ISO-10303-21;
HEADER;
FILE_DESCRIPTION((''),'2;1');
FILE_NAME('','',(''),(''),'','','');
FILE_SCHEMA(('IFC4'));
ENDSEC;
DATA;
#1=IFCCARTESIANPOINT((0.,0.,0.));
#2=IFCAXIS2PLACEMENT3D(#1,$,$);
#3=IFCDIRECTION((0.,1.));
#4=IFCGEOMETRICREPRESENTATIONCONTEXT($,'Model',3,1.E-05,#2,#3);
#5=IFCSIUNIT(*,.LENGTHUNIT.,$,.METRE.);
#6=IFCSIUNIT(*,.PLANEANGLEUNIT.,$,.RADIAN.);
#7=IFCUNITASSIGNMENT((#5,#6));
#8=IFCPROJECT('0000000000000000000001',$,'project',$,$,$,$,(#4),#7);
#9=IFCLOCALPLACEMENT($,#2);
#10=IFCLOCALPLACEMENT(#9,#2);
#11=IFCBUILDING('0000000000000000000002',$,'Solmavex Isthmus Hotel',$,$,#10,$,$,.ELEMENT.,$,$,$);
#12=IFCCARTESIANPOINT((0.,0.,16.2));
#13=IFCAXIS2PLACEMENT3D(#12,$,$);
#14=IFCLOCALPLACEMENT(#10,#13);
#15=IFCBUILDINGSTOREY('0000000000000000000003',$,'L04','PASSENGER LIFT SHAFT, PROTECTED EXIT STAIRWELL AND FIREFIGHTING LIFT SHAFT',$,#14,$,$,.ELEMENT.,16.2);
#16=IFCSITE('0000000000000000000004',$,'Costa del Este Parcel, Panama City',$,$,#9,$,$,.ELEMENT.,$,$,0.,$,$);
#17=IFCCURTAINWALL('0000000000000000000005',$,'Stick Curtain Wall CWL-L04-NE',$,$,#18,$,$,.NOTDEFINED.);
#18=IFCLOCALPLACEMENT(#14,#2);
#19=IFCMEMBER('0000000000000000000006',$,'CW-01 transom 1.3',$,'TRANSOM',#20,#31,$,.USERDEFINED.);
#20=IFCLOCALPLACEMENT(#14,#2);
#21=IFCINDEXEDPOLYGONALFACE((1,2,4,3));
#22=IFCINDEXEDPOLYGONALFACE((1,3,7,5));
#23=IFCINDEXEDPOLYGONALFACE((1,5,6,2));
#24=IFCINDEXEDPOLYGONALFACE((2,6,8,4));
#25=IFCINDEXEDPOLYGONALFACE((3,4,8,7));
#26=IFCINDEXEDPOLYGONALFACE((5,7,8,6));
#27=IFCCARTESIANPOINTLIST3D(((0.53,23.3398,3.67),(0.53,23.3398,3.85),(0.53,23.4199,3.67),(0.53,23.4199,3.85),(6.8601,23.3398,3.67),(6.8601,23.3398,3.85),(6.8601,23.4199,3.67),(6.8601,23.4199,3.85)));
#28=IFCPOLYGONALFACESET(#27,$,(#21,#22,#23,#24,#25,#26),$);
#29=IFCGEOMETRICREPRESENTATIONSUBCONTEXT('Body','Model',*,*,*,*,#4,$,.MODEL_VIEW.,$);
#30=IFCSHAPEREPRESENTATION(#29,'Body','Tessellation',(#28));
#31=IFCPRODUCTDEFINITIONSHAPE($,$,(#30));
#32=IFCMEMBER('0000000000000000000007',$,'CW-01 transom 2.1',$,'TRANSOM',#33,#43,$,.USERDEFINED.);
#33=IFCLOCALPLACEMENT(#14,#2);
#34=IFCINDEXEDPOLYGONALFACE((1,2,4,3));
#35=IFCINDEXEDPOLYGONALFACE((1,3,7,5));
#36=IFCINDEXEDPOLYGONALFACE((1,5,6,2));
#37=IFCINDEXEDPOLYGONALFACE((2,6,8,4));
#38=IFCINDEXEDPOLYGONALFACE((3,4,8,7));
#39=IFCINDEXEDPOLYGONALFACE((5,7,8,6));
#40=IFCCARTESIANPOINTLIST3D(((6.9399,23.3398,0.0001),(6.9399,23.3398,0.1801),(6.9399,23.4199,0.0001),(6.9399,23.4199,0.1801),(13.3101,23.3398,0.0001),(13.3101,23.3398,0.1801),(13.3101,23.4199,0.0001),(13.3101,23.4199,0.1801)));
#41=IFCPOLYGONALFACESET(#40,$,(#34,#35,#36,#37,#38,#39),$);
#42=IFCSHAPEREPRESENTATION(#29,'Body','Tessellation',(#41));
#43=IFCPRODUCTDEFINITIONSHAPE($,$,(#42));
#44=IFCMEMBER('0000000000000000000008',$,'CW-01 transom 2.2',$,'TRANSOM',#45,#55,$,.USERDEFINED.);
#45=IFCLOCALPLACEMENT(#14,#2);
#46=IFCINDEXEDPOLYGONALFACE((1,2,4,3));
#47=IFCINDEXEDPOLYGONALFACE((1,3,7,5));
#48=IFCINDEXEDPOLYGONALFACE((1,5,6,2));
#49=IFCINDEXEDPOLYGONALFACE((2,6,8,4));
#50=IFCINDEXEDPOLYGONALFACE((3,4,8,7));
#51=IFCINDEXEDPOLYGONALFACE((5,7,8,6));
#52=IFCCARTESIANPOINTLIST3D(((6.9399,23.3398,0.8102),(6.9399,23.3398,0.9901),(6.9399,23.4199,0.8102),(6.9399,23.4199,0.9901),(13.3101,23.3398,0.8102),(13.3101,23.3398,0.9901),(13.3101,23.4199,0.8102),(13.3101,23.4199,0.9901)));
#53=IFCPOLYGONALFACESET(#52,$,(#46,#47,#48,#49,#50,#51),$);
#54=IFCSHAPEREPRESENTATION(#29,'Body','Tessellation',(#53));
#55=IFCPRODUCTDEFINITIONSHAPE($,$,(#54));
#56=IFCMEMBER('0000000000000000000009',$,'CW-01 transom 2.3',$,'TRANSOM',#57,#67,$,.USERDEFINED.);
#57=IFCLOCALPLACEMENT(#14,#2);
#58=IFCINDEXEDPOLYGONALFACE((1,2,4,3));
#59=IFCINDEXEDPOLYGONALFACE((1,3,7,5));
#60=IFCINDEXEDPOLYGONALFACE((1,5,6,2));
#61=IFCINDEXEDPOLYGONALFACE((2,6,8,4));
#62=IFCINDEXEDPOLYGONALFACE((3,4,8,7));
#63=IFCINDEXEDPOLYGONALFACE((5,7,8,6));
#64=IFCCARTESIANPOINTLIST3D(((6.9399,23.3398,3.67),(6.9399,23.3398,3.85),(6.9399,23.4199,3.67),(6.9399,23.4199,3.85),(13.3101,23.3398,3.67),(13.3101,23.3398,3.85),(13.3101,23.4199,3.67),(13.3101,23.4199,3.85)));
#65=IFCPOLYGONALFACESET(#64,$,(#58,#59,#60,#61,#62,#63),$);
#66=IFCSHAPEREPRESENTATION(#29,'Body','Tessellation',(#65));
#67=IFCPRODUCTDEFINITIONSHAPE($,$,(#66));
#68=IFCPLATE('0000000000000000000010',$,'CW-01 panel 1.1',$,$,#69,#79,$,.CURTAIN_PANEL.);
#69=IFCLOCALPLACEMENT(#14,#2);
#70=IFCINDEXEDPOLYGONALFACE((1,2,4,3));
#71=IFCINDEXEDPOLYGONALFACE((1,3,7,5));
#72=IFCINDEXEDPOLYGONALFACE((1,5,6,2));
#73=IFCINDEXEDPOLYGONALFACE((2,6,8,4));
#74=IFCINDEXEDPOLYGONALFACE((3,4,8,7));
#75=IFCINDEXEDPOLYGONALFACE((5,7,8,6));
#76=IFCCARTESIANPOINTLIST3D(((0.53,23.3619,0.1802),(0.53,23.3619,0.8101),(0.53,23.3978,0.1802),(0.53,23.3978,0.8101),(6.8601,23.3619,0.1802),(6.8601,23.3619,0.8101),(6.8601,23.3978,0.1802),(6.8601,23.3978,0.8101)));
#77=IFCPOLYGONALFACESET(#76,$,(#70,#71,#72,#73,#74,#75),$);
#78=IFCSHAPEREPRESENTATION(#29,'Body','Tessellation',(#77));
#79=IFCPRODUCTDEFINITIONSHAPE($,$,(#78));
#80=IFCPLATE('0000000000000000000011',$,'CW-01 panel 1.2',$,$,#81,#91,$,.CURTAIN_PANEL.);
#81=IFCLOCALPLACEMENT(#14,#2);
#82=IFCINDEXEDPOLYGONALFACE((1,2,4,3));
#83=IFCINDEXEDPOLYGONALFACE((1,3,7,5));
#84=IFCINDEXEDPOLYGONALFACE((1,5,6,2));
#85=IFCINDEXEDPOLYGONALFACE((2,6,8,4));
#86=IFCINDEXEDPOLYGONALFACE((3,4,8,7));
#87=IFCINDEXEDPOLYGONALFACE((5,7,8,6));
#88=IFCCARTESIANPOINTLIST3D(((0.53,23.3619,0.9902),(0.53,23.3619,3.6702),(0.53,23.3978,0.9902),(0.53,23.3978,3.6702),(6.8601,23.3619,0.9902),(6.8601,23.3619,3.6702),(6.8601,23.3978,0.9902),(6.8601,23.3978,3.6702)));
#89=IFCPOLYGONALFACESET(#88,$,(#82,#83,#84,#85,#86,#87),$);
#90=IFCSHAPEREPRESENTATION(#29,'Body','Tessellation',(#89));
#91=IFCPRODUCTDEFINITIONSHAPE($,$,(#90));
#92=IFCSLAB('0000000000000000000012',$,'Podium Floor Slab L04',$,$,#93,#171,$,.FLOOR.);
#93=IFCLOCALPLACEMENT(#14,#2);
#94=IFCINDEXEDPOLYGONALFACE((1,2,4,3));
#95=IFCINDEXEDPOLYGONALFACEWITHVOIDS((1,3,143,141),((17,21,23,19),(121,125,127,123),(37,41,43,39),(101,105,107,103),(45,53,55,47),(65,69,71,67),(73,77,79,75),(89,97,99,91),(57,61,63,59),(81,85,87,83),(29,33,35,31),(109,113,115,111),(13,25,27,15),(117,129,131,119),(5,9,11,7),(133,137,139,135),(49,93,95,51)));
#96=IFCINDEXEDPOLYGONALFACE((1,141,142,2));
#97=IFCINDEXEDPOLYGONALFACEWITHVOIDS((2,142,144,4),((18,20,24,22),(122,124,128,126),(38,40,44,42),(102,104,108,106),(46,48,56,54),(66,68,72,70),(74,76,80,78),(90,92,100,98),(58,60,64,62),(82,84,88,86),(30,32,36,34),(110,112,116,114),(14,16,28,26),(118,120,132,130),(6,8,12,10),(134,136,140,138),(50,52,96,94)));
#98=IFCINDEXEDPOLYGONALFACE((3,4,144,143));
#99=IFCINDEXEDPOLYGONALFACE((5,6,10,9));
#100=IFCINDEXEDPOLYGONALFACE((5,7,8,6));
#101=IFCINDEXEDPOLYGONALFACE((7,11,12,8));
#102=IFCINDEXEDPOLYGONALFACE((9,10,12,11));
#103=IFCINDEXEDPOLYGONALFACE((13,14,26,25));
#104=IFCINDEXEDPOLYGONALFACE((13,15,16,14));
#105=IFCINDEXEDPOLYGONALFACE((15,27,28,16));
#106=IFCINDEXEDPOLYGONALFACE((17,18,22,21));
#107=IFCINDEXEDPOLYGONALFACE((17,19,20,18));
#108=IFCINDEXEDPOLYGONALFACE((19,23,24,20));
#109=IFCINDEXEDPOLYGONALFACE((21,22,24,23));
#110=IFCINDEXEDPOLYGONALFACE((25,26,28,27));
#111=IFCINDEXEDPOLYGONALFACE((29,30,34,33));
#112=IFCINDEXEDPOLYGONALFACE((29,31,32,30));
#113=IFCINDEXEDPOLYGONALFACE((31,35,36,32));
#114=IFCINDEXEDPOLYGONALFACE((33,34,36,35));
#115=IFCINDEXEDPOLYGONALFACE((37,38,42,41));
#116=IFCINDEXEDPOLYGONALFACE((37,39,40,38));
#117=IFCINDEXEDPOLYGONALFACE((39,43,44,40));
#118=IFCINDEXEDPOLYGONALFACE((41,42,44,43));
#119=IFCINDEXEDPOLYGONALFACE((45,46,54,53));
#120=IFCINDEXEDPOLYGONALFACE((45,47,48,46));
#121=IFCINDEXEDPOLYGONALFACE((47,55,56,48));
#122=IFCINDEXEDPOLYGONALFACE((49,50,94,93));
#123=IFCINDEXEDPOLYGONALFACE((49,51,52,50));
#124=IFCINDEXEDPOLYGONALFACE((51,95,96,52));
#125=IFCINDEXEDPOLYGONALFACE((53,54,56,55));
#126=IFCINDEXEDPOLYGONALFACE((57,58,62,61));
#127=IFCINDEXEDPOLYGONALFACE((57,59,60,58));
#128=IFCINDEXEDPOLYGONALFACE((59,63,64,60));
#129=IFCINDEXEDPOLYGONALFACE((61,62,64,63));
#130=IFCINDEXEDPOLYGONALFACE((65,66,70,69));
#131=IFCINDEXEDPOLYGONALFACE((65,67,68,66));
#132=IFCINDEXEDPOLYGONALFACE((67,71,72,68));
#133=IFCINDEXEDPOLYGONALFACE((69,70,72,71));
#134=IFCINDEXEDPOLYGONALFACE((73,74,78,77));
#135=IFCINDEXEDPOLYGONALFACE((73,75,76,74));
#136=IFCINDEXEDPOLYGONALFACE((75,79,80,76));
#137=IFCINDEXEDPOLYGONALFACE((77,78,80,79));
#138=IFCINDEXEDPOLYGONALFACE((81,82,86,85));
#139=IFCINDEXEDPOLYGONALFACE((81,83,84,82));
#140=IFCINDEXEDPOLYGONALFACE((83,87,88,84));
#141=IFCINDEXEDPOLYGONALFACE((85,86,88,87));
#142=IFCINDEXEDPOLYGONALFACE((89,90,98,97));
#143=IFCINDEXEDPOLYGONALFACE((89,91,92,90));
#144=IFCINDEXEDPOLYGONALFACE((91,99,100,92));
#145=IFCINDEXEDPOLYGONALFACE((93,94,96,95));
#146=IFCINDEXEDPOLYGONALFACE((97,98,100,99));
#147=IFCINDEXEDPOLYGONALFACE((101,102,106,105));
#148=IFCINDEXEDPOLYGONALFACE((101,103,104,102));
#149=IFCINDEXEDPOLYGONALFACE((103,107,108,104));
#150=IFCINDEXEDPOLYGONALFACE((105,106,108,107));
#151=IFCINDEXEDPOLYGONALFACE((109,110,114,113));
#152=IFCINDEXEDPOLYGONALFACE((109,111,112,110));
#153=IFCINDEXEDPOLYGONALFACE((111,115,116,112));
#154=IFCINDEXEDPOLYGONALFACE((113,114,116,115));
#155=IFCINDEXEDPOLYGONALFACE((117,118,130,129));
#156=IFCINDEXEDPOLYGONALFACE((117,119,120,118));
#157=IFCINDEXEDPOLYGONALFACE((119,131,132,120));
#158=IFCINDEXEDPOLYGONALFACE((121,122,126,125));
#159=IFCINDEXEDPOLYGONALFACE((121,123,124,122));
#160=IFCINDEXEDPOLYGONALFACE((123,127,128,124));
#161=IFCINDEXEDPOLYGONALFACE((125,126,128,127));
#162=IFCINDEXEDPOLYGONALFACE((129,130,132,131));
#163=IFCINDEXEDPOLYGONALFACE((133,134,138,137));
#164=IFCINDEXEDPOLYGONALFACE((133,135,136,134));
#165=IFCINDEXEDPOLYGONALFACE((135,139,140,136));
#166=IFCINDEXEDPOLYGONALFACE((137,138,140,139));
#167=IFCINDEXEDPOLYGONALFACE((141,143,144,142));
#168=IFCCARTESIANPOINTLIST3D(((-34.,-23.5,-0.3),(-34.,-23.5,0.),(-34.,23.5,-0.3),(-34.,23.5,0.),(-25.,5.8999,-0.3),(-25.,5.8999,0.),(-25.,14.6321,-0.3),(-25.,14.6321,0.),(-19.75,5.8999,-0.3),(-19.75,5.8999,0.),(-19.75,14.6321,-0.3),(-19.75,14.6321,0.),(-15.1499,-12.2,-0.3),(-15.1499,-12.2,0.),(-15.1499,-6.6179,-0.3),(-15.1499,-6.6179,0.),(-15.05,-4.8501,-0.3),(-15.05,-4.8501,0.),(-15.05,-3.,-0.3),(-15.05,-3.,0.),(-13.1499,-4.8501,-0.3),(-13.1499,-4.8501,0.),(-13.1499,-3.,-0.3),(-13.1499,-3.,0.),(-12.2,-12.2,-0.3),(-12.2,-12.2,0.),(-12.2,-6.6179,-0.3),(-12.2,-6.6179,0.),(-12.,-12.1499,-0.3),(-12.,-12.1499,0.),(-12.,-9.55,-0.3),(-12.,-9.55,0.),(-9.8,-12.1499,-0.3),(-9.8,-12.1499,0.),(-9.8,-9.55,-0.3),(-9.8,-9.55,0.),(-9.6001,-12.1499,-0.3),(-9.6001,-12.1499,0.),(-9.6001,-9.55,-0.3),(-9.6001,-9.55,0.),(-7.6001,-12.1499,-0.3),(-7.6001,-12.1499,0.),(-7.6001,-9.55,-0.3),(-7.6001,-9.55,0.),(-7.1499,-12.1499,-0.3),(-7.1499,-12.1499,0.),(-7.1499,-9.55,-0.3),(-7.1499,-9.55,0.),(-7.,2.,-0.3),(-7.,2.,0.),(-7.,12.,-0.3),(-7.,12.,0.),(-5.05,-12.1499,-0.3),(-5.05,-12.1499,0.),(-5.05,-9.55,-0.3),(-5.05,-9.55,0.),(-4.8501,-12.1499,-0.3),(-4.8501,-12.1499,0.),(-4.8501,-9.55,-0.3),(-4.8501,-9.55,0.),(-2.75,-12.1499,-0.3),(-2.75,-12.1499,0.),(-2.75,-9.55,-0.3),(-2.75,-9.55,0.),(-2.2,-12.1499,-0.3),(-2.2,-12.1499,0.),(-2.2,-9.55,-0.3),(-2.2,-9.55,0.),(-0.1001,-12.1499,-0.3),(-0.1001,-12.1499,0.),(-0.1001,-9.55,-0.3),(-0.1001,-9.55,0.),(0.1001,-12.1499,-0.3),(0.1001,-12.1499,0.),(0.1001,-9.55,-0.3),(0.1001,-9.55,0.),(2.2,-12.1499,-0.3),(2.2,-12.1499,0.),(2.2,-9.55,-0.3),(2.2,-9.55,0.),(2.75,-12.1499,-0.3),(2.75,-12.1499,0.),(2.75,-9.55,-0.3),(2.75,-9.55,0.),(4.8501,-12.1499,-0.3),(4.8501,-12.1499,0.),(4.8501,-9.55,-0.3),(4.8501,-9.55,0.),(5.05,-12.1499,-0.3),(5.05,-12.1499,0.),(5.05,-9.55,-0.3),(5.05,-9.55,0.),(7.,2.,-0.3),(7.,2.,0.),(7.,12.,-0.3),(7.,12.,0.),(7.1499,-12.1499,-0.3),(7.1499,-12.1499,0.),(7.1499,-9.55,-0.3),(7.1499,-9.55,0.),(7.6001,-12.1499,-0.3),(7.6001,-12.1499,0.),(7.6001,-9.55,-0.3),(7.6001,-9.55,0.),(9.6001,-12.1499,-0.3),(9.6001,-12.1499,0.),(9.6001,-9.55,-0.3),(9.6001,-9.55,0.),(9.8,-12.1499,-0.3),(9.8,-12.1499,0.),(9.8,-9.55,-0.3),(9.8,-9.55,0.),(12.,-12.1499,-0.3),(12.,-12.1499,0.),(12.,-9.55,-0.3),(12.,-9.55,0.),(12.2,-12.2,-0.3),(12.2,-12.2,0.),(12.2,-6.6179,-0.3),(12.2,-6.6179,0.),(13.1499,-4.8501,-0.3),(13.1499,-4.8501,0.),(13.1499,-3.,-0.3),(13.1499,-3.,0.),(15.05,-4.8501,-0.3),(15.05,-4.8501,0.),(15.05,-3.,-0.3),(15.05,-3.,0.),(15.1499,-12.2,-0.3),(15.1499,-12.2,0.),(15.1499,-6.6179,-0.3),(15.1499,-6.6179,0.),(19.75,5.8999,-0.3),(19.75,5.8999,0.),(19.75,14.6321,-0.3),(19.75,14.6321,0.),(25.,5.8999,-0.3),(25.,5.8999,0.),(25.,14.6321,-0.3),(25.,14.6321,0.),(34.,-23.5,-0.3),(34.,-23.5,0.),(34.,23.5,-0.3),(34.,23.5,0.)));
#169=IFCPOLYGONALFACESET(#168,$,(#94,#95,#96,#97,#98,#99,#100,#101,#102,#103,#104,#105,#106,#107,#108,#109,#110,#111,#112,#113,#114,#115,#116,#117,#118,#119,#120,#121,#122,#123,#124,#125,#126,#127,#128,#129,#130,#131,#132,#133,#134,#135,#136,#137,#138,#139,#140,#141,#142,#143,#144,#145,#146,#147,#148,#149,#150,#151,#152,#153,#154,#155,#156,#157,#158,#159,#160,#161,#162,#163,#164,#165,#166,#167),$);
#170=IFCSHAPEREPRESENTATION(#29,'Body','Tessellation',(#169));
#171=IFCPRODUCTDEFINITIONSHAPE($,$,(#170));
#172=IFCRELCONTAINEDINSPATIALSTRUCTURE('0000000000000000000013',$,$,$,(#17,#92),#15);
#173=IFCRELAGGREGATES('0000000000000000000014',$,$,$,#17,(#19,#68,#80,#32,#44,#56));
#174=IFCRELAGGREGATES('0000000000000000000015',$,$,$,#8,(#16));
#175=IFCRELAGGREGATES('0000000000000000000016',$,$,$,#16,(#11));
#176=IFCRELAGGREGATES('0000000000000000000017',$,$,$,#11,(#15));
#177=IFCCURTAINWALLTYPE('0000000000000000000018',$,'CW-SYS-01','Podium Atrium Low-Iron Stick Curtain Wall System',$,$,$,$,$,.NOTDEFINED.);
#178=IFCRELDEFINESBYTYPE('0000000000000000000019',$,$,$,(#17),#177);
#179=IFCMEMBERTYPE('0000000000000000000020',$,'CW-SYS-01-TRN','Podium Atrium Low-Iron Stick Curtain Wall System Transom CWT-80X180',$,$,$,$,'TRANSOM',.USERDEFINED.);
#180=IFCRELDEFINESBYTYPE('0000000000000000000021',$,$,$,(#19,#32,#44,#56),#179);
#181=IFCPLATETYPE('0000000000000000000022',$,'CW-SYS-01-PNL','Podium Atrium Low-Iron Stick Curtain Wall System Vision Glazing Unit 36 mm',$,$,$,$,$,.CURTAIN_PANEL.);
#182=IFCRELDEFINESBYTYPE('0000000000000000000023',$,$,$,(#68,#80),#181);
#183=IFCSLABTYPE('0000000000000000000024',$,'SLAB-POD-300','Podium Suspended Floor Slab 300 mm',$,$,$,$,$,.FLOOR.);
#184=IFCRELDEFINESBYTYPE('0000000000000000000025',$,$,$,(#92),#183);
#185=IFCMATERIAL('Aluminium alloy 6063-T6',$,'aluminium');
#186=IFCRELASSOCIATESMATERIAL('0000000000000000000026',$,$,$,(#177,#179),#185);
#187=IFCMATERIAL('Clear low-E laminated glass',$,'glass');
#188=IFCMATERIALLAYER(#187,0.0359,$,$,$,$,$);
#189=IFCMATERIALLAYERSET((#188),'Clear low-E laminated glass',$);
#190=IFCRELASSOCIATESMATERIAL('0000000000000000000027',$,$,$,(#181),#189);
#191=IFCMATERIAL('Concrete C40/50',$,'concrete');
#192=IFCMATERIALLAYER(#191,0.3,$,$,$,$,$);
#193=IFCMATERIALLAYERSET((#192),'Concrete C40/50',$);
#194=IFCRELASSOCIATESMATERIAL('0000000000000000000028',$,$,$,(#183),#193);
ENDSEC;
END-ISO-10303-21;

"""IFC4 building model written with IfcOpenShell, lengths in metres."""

from ifc_helpers import new_model, si_unit, direction, frame, origin, origin_2d, place, context, subcontext, project, spatial, polyline, rectangle, outline, extrude, material, layer, layer_set, material_profile, profile_set, type_object, element, aggregate, save


model = new_model("IFC4")

# Units and contexts
model_context = context("Model", 3, precision=1e-05, world=origin(), true_north=direction((0.0, 1.0)))
body_context = subcontext(model_context, "Body", "Model", "MODEL_VIEW")
ifc_project = project(units=[si_unit("LENGTHUNIT", "METRE"), si_unit("PLANEANGLEUNIT", "RADIAN")], contexts=[model_context])

# Site, building, storey
site_placement = place(None, origin())
site = spatial("IfcSite", under=ifc_project, at=site_placement, Name="Costa del Este Parcel, Panama City", CompositionType="ELEMENT", RefElevation=0.0)
building_placement = place(site_placement, origin())
building = spatial("IfcBuilding", under=site, at=building_placement, Name="Solmavex Isthmus Hotel", CompositionType="ELEMENT")
storey_placement = place(building_placement, frame((0.0, 0.0, 16.2)))
storey = spatial("IfcBuildingStorey", under=building, at=storey_placement, Name="L04", Description="PASSENGER LIFT SHAFT, PROTECTED EXIT STAIRWELL AND FIREFIGHTING LIFT SHAFT", CompositionType="ELEMENT", Elevation=16.2)

# Curtain wall, members, plates
ifc_material_1 = material(Name="Aluminium alloy 6063-T6", Category="aluminium")
curtain_wall_type = type_object("IfcCurtainWallType", Name="CW-SYS-01", Description="Podium Atrium Low-Iron Stick Curtain Wall System", PredefinedType="NOTDEFINED", material=ifc_material_1)
curtain_wall_placement = place(storey_placement, origin())
curtain_wall = element("IfcCurtainWall", 1, at=curtain_wall_placement, inside=storey, type_object=curtain_wall_type, Name="Stick Curtain Wall CWL-L04-NE", PredefinedType="NOTDEFINED")
ifc_material_profile_1 = material_profile(ifc_material_1, rectangle(XDim=0.0801, YDim=0.1799, at=origin_2d()), Name="CWT-80X180")
ifc_profile_set_1 = profile_set([ifc_material_profile_1], Name="Aluminium alloy 6063-T6")
member_type_1 = type_object("IfcMemberType", Name="CW-SYS-01-TRN", Description="Podium Atrium Low-Iron Stick Curtain Wall System Transom CWT-80X180", ElementType="TRANSOM", PredefinedType="USERDEFINED", material=ifc_profile_set_1)
member_1_placement = place(storey_placement, frame((0.53, 23.3799, 3.76), z_axis=(1.0, 0.0, 0.0), x_axis=(0.0, 1.0, 0.0)))
member_1 = element("IfcMember", 2, at=member_1_placement, type_object=member_type_1, Name="CW-01 transom 1.3", ObjectType="TRANSOM", PredefinedType="USERDEFINED", context=body_context, shape_type="SweptSolid", body=[
    extrude(rectangle(XDim=0.0801, YDim=0.1799, at=origin_2d()), origin(), (0.0, 0.0, 1.0), 6.3301),
])
member_2_placement = place(storey_placement, frame((6.9399, 23.3799, 0.0901), z_axis=(1.0, 0.0, 0.0), x_axis=(0.0, 1.0, 0.0)))
member_2 = element("IfcMember", 3, at=member_2_placement, type_object=member_type_1, Name="CW-01 transom 2.1", ObjectType="TRANSOM", PredefinedType="USERDEFINED", context=body_context, shape_type="SweptSolid", body=[
    extrude(rectangle(XDim=0.0801, YDim=0.1799, at=origin_2d()), origin(), (0.0, 0.0, 1.0), 6.3701),
])
member_3_placement = place(storey_placement, frame((6.9399, 23.3799, 0.9001), z_axis=(1.0, 0.0, 0.0), x_axis=(0.0, 1.0, 0.0)))
member_3 = element("IfcMember", 4, at=member_3_placement, type_object=member_type_1, Name="CW-01 transom 2.2", ObjectType="TRANSOM", PredefinedType="USERDEFINED", context=body_context, shape_type="SweptSolid", body=[
    extrude(rectangle(XDim=0.0801, YDim=0.1799, at=origin_2d()), origin(), (0.0, 0.0, 1.0), 6.3701),
])
member_4_placement = place(storey_placement, frame((6.9399, 23.3799, 3.76), z_axis=(1.0, 0.0, 0.0), x_axis=(0.0, 1.0, 0.0)))
member_4 = element("IfcMember", 5, at=member_4_placement, type_object=member_type_1, Name="CW-01 transom 2.3", ObjectType="TRANSOM", PredefinedType="USERDEFINED", context=body_context, shape_type="SweptSolid", body=[
    extrude(rectangle(XDim=0.0801, YDim=0.1799, at=origin_2d()), origin(), (0.0, 0.0, 1.0), 6.3701),
])
ifc_material_2 = material(Name="Clear low-E laminated glass", Category="glass")
ifc_layer_1 = layer(ifc_material_2, 0.0359)
ifc_layer_set_1 = layer_set([ifc_layer_1], Name="Clear low-E laminated glass")
plate_type = type_object("IfcPlateType", Name="CW-SYS-01-PNL", Description="Podium Atrium Low-Iron Stick Curtain Wall System Vision Glazing Unit 36 mm", PredefinedType="CURTAIN_PANEL", material=ifc_layer_set_1)
plate_1_placement = place(storey_placement, frame((3.6951, 23.3799, 0.1802), z_axis=(0.0, 0.0, 1.0), x_axis=(1.0, 0.0, 0.0)))
plate_1 = element("IfcPlate", 6, at=plate_1_placement, type_object=plate_type, Name="CW-01 panel 1.1", PredefinedType="CURTAIN_PANEL", context=body_context, shape_type="SweptSolid", body=[
    extrude(rectangle(XDim=6.3301, YDim=0.0359, at=origin_2d()), origin(), (0.0, 0.0, 1.0), 0.6299),
])
plate_2_placement = place(storey_placement, frame((3.6951, 23.3799, 0.9902), z_axis=(0.0, 0.0, 1.0), x_axis=(1.0, 0.0, 0.0)))
plate_2 = element("IfcPlate", 7, at=plate_2_placement, type_object=plate_type, Name="CW-01 panel 1.2", PredefinedType="CURTAIN_PANEL", context=body_context, shape_type="SweptSolid", body=[
    extrude(rectangle(XDim=6.3301, YDim=0.0359, at=origin_2d()), origin(), (0.0, 0.0, 1.0), 2.6799),
])
aggregate(curtain_wall, [member_1, plate_1, plate_2, member_2, member_3, member_4])

# Slab
ifc_material_3 = material(Name="Concrete C40/50", Category="concrete")
ifc_layer_2 = layer(ifc_material_3, 0.3)
ifc_layer_set_2 = layer_set([ifc_layer_2], Name="Concrete C40/50")
slab_type_1 = type_object("IfcSlabType", Name="SLAB-POD-300", Description="Podium Suspended Floor Slab 300 mm", PredefinedType="FLOOR", material=ifc_layer_set_2)
slab_1_placement = place(storey_placement, frame((0.0, 0.0, -0.3)))
element("IfcSlab", 8, at=slab_1_placement, inside=storey, type_object=slab_type_1, Name="Podium Floor Slab L04", PredefinedType="FLOOR", context=body_context, shape_type="SweptSolid", body=[
    extrude(outline(polyline([(-34.0, -23.5), (34.0, -23.5), (34.0, 23.5), (-34.0, 23.5), (-34.0, -23.5)]), holes=[polyline([(-15.1499, -6.6179), (-15.1499, -12.2), (-12.2, -12.2), (-12.2, -6.6179), (-15.1499, -6.6179)]), polyline([(12.2, -6.6179), (12.2, -12.2), (15.1499, -12.2), (15.1499, -6.6179), (12.2, -6.6179)]), polyline([(19.75, 14.6321), (19.75, 5.8999), (25.0, 5.8999), (25.0, 14.6321), (19.75, 14.6321)]), polyline([(-25.0, 14.6321), (-25.0, 5.8999), (-19.75, 5.8999), (-19.75, 14.6321), (-25.0, 14.6321)]), polyline([(-12.0, -12.1499), (-9.8, -12.1499), (-9.8, -9.55), (-12.0, -9.55), (-12.0, -12.1499)]), polyline([(9.8, -12.1499), (12.0, -12.1499), (12.0, -9.55), (9.8, -9.55), (9.8, -12.1499)]), polyline([(-9.6001, -12.1499), (-7.6001, -12.1499), (-7.6001, -9.55), (-9.6001, -9.55), (-9.6001, -12.1499)]), polyline([(7.6001, -12.1499), (9.6001, -12.1499), (9.6001, -9.55), (7.6001, -9.55), (7.6001, -12.1499)]), polyline([(-7.1499, -12.1499), (-5.05, -12.1499), (-5.05, -9.55), (-7.1499, -9.55), (-7.1499, -12.1499)]), polyline([(-4.8501, -12.1499), (-2.75, -12.1499), (-2.75, -9.55), (-4.8501, -9.55), (-4.8501, -12.1499)]), polyline([(-2.2, -12.1499), (-0.1001, -12.1499), (-0.1001, -9.55), (-2.2, -9.55), (-2.2, -12.1499)]), polyline([(0.1001, -12.1499), (2.2, -12.1499), (2.2, -9.55), (0.1001, -9.55), (0.1001, -12.1499)]), polyline([(2.75, -12.1499), (4.8501, -12.1499), (4.8501, -9.55), (2.75, -9.55), (2.75, -12.1499)]), polyline([(5.05, -12.1499), (7.1499, -12.1499), (7.1499, -9.55), (5.05, -9.55), (5.05, -12.1499)]), polyline([(-7.0, 2.0), (7.0, 2.0), (7.0, 12.0), (-7.0, 12.0), (-7.0, 2.0)]), polyline([(-15.05, -4.8501), (-13.1499, -4.8501), (-13.1499, -3.0), (-15.05, -3.0), (-15.05, -4.8501)]), polyline([(13.1499, -4.8501), (15.05, -4.8501), (15.05, -3.0), (13.1499, -3.0), (13.1499, -4.8501)])]), origin(), (0.0, 0.0, 1.0), 0.3),
])

save(model, "model.ifc")
